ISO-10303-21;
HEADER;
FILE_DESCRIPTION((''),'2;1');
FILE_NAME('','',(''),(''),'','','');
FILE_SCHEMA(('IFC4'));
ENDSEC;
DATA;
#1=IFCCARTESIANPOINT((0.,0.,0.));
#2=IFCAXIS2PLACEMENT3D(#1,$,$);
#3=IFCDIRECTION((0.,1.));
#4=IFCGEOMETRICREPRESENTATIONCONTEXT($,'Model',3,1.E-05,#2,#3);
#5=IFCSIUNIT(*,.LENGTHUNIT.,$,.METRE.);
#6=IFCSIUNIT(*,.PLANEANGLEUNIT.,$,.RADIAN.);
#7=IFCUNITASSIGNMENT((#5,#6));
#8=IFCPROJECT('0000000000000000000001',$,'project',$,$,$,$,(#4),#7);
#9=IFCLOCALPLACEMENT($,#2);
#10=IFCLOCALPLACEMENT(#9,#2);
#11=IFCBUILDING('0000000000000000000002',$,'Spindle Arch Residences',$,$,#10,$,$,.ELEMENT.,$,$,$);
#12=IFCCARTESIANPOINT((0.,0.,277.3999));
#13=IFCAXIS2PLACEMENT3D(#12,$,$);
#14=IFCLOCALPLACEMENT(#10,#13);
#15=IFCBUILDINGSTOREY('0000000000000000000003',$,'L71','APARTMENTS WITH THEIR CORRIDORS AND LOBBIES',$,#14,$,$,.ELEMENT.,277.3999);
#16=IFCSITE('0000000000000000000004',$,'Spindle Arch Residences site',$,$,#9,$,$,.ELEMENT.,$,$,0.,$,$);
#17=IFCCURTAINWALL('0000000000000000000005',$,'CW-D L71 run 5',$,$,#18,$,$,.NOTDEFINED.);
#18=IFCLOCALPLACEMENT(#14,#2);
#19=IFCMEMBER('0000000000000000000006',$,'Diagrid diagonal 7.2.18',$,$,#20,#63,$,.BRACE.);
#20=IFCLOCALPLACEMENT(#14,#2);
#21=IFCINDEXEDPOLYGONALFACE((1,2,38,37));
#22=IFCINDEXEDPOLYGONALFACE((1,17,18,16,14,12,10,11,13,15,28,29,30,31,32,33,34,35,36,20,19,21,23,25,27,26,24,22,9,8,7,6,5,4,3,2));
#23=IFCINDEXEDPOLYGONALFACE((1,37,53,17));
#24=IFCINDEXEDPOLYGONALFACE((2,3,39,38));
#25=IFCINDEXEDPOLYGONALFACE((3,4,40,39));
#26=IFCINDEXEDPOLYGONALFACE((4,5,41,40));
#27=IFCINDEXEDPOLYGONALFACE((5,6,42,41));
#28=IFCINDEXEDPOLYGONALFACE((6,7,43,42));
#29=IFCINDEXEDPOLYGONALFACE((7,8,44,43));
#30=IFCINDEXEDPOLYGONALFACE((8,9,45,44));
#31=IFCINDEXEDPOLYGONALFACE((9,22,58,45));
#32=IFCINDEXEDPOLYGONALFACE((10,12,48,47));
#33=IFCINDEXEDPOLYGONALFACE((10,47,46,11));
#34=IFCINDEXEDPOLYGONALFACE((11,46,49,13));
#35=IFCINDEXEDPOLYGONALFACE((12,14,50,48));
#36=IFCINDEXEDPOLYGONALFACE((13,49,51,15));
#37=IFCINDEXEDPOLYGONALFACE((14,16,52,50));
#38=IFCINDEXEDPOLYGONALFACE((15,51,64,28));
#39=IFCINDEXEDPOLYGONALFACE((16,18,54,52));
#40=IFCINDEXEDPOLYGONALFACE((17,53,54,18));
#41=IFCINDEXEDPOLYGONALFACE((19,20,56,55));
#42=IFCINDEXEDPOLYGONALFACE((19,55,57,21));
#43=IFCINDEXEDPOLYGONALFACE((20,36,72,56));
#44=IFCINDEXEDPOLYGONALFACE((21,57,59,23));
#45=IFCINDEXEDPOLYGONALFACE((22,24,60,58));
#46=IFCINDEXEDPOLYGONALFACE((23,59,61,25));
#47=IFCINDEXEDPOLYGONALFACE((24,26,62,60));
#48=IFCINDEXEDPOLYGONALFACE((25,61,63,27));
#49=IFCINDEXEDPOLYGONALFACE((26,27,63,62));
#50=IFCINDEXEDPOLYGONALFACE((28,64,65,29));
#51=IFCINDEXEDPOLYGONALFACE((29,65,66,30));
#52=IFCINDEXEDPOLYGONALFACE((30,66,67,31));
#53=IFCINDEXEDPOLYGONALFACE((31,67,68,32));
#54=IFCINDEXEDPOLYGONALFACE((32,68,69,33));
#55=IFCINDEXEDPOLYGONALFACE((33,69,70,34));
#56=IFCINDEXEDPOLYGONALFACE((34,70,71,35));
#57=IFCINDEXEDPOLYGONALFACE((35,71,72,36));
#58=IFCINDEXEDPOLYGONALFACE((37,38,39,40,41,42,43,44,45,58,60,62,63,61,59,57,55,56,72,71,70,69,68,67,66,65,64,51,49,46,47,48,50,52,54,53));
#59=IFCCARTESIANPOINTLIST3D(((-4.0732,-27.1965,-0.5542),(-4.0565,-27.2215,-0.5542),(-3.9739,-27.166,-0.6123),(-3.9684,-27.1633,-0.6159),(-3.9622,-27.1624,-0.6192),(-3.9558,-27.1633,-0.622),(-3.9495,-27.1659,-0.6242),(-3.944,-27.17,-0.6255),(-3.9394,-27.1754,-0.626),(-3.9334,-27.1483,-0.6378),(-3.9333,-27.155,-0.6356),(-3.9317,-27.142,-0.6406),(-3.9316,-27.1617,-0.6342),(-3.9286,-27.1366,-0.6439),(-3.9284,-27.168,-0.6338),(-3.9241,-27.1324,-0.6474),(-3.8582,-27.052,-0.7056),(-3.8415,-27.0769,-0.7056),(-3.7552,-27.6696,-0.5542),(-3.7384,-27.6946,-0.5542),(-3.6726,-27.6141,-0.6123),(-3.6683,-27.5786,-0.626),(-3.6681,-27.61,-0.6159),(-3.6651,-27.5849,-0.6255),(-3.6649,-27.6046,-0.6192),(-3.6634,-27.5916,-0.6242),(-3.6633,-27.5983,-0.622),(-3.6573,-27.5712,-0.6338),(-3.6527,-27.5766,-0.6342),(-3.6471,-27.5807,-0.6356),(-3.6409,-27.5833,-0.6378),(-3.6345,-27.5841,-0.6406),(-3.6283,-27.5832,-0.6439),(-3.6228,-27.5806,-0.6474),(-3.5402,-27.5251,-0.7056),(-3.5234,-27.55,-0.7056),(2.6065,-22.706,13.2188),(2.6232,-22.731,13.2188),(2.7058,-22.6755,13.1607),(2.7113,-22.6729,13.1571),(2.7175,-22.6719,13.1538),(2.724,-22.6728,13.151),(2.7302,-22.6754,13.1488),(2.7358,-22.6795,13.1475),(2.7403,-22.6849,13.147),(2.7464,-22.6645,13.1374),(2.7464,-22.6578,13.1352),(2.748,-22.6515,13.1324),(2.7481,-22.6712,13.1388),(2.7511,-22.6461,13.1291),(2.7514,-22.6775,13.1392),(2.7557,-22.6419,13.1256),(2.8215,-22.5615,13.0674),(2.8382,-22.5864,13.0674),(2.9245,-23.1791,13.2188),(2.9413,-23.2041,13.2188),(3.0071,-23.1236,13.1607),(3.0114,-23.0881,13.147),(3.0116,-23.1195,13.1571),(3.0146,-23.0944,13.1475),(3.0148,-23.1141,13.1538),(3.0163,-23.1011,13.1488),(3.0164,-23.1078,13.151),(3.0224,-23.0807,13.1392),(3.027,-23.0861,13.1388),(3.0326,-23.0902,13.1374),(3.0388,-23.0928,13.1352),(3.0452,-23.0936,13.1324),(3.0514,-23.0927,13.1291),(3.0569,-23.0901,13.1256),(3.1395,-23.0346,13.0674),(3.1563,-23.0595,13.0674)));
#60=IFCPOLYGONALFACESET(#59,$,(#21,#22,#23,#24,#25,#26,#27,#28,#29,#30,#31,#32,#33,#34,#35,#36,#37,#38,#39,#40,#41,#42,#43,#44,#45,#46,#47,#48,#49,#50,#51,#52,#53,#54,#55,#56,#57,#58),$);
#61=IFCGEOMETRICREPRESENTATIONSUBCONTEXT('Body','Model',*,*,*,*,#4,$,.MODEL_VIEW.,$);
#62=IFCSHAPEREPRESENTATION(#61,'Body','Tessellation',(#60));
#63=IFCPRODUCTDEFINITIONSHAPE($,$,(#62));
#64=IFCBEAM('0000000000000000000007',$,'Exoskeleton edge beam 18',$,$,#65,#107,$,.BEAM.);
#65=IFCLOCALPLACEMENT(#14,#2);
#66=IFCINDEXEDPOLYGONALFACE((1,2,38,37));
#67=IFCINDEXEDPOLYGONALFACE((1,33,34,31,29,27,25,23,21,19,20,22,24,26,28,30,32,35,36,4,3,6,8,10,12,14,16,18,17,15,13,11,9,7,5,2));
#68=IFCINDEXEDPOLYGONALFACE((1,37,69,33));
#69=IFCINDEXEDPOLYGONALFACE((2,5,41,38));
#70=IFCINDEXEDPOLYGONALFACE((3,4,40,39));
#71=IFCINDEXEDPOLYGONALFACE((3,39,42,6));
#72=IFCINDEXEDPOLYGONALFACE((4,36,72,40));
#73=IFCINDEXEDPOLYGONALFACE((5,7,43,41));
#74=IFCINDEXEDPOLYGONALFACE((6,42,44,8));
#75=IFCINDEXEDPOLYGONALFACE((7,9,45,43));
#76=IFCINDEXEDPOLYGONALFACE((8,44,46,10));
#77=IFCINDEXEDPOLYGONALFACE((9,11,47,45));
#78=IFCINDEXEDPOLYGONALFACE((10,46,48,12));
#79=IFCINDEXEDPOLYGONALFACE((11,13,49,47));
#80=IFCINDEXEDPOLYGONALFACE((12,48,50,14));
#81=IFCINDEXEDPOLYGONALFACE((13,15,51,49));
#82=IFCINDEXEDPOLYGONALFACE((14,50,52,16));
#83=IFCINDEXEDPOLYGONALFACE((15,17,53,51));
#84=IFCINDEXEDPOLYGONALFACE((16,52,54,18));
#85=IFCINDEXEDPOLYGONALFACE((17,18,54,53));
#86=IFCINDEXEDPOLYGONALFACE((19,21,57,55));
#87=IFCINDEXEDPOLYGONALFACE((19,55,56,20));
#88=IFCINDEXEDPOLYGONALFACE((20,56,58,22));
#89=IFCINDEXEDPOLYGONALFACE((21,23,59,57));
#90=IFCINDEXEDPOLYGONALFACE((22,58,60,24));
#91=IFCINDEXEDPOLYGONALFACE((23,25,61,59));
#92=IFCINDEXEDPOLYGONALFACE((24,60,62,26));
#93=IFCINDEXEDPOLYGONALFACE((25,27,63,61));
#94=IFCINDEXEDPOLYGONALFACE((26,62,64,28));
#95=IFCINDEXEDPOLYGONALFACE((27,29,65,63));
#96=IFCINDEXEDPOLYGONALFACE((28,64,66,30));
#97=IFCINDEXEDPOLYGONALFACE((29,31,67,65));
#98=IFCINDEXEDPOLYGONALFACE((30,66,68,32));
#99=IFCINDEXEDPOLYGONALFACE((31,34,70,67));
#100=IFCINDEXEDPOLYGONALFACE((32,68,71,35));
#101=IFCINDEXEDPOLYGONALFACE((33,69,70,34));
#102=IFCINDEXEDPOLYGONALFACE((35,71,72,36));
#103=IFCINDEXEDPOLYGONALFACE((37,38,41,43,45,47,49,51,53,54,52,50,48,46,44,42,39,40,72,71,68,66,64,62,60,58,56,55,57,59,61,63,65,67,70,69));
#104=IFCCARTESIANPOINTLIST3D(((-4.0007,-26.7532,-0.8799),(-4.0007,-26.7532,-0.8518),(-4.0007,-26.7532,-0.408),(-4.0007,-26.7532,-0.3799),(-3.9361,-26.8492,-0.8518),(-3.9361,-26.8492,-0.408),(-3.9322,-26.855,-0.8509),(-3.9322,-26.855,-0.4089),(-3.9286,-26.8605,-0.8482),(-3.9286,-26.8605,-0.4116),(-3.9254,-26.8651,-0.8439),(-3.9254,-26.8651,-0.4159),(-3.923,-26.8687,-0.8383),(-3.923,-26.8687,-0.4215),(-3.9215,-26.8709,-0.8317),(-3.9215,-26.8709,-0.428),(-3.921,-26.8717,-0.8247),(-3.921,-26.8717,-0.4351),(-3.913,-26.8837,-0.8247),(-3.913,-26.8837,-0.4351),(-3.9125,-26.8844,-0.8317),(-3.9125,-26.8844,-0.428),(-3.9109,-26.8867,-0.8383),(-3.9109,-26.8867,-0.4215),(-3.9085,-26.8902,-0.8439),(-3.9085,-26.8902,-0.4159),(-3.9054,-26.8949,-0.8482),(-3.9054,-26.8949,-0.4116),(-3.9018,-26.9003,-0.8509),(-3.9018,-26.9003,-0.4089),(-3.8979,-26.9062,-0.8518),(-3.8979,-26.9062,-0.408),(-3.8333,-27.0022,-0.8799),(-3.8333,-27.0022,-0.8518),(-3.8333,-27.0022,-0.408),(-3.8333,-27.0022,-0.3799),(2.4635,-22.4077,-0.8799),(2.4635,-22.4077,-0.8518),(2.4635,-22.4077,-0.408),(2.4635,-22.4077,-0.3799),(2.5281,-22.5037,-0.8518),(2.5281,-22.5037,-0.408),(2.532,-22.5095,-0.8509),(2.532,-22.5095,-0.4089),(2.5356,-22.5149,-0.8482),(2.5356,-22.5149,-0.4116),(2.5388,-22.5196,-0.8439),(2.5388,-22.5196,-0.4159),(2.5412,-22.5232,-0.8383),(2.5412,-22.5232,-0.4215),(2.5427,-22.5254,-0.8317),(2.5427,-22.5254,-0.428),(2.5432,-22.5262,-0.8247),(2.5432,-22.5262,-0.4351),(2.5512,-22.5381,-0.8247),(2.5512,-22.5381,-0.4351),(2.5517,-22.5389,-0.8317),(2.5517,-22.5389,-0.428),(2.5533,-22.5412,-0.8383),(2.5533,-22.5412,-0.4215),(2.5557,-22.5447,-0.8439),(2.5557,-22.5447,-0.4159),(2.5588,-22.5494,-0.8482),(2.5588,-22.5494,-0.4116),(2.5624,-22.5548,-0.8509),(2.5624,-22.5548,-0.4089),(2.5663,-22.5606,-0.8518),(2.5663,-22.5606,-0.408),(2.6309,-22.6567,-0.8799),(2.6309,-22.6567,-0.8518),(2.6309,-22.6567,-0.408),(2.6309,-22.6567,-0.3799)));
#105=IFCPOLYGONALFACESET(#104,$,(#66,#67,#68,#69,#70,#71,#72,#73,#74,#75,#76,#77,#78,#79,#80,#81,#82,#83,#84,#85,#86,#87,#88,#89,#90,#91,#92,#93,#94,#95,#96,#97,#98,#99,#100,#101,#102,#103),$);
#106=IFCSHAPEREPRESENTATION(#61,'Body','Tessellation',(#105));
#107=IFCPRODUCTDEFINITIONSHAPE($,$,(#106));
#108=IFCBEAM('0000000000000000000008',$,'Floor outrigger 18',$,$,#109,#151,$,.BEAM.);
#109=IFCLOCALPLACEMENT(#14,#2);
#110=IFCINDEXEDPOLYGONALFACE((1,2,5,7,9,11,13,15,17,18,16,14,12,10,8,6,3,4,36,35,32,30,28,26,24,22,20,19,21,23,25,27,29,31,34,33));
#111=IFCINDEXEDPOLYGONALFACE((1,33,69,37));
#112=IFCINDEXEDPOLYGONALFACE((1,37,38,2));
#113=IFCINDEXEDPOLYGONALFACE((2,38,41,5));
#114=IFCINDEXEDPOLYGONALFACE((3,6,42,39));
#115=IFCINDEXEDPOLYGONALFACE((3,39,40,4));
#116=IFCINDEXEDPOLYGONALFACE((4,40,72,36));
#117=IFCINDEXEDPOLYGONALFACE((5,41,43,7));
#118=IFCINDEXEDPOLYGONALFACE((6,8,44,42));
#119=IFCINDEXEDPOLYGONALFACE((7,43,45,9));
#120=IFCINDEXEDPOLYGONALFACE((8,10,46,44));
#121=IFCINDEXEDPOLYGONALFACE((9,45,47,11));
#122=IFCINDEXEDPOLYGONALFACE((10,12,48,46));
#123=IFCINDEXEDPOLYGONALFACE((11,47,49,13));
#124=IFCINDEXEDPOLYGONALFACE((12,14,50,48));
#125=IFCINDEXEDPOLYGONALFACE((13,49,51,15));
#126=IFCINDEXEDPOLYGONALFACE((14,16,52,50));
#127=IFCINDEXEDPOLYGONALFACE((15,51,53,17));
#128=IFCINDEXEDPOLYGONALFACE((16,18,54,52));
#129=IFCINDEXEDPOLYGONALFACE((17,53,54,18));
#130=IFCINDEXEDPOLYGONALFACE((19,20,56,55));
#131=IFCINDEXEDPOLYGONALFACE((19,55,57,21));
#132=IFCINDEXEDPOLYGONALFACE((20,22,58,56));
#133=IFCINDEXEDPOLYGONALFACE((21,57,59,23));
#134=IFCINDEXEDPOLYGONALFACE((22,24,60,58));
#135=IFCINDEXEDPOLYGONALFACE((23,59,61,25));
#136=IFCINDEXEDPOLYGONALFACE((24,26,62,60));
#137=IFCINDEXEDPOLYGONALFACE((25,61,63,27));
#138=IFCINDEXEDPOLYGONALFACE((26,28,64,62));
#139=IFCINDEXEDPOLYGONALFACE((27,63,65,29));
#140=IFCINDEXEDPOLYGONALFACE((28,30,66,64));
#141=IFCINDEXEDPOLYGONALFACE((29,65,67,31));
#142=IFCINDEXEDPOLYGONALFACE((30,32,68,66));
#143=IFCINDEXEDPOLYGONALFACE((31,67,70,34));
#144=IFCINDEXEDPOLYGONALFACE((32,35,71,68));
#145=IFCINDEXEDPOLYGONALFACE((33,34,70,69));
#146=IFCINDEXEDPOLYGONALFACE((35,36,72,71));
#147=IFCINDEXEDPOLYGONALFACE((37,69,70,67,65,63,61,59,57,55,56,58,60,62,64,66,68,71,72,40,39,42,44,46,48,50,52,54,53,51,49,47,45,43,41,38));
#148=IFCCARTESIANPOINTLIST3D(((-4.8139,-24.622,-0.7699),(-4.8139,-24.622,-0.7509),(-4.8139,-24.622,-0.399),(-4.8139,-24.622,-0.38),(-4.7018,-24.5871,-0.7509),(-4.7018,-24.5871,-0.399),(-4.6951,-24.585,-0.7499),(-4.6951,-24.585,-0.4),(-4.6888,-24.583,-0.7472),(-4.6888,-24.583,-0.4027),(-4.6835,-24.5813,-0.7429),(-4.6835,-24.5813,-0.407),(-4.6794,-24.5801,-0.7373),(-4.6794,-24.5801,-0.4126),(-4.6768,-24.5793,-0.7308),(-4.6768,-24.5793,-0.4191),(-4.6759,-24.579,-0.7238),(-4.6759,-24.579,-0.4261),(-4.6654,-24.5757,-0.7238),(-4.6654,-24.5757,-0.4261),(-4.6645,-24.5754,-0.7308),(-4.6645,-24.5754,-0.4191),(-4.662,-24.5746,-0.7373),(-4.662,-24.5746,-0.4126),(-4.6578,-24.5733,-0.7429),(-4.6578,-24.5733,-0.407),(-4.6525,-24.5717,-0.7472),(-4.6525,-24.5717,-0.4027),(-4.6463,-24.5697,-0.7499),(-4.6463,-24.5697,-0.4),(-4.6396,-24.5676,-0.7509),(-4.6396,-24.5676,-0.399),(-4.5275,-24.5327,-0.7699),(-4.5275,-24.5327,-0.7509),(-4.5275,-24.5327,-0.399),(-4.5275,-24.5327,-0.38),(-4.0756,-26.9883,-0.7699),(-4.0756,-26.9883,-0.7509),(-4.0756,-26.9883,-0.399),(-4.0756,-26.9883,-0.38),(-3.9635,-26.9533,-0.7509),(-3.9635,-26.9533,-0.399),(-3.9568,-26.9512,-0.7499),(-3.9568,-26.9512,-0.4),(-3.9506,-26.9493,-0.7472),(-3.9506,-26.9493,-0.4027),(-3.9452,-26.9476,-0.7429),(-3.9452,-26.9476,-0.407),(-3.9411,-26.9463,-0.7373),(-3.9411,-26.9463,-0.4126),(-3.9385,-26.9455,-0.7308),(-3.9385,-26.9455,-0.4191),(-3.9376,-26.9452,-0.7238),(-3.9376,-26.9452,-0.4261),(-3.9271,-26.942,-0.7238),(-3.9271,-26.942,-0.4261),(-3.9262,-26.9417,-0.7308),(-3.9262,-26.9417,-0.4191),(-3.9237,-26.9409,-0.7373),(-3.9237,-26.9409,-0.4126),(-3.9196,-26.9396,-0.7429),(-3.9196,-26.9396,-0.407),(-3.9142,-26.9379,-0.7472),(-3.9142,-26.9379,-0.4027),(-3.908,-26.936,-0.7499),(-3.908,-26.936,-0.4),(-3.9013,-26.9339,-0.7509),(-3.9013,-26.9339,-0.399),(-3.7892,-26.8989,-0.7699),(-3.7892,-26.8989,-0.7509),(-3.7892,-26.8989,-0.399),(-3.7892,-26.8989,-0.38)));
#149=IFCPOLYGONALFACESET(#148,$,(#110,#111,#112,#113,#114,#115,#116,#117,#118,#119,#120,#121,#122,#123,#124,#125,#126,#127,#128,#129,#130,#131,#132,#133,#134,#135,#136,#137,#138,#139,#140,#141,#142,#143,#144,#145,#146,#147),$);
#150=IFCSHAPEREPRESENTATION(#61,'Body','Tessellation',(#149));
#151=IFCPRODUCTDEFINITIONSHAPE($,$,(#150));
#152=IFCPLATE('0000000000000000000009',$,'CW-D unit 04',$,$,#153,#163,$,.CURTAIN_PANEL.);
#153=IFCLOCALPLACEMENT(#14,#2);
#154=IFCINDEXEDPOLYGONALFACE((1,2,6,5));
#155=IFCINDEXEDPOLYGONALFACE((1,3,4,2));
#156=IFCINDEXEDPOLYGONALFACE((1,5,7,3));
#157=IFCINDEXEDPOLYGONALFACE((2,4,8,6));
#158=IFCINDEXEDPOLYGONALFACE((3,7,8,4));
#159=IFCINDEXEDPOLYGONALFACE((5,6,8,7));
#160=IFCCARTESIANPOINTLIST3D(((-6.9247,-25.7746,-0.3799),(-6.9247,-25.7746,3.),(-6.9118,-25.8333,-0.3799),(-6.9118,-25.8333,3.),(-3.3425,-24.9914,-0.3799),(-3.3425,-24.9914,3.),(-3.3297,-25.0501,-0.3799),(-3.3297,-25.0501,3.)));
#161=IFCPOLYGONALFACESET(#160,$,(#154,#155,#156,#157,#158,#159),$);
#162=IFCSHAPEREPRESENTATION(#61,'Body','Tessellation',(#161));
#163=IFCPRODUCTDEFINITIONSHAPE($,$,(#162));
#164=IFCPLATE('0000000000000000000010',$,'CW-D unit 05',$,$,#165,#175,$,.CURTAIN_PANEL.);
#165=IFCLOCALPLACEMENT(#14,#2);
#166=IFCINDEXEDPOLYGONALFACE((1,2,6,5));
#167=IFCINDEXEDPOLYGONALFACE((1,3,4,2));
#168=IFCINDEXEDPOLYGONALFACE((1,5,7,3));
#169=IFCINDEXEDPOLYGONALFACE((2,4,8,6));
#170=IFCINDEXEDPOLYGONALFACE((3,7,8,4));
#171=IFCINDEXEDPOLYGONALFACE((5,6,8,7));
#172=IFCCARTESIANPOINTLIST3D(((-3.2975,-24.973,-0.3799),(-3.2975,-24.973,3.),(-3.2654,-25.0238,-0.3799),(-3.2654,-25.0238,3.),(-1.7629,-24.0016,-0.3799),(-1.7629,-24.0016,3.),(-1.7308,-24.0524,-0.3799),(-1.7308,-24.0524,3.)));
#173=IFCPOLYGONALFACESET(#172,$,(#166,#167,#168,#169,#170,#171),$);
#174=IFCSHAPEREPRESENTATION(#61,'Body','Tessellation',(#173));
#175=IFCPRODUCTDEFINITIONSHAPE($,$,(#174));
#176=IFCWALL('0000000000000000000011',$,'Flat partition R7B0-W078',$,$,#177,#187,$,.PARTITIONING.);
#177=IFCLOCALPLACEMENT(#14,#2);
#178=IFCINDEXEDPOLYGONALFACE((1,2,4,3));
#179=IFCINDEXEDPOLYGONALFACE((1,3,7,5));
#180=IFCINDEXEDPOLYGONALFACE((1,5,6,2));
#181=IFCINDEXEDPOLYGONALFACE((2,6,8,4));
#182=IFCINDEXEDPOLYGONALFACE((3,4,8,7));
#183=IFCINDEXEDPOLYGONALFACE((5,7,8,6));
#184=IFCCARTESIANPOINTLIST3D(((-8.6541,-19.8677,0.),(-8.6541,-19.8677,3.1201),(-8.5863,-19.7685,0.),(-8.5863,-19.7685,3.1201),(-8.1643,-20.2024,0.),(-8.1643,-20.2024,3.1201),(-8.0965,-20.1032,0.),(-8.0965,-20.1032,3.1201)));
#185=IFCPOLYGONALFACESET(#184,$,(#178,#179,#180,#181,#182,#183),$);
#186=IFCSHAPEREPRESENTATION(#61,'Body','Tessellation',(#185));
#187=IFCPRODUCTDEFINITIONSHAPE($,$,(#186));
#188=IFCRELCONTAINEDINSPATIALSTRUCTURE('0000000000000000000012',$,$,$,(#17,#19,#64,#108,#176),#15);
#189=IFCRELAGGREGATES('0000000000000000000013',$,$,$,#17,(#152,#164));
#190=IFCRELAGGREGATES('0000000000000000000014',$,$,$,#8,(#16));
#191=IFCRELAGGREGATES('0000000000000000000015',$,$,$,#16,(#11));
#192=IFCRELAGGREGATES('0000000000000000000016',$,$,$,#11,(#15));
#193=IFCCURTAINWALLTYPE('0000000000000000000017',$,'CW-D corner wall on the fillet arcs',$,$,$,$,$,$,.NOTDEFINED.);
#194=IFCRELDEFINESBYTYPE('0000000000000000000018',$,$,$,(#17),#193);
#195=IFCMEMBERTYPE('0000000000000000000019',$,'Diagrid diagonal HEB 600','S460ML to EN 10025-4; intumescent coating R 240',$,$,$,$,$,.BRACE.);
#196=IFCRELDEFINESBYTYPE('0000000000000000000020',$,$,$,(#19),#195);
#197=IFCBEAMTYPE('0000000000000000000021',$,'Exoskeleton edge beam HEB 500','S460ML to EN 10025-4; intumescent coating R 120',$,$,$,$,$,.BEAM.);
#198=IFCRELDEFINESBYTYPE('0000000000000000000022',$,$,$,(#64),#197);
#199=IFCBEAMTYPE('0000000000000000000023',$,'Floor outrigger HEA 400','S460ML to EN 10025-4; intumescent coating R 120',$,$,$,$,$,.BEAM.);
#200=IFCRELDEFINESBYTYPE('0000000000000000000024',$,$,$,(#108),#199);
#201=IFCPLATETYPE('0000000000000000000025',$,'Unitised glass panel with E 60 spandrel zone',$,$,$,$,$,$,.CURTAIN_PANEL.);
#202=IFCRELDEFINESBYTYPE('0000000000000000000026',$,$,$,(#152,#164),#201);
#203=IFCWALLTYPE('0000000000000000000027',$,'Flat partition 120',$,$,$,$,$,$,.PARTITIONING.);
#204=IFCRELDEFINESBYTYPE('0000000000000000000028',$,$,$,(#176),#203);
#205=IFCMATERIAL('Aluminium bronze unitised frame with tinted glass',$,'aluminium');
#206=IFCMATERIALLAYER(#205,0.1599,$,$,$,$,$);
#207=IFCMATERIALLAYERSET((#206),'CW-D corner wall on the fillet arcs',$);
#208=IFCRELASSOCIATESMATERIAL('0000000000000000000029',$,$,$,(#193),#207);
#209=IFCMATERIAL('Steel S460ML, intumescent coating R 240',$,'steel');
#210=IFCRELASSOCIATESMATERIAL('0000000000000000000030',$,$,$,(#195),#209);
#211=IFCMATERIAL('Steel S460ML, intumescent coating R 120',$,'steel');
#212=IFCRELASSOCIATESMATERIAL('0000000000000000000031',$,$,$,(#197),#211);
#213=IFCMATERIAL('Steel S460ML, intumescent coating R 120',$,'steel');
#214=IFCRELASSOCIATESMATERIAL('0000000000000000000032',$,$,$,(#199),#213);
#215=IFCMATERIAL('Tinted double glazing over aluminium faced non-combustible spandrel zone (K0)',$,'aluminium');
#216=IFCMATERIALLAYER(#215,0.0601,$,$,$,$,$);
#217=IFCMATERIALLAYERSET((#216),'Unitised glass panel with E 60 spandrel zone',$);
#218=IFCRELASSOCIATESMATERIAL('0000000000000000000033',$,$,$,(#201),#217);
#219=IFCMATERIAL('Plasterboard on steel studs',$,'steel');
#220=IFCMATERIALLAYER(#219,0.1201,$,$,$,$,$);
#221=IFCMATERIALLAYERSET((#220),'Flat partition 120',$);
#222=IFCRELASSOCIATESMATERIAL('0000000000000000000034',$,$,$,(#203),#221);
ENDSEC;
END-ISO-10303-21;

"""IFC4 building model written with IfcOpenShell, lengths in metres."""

from ifc_helpers import new_model, si_unit, direction, frame, frame_2d, origin, origin_2d, place, context, subcontext, project, spatial, rectangle, i_section, extrude, material, layer, layer_set, material_profile, profile_set, type_object, element, aggregate, save


model = new_model("IFC4")

# Units and contexts
model_context = context("Model", 3, precision=1e-05, world=origin(), true_north=direction((0.0, 1.0)))
body_context = subcontext(model_context, "Body", "Model", "MODEL_VIEW")
ifc_project = project(units=[si_unit("LENGTHUNIT", "METRE"), si_unit("PLANEANGLEUNIT", "RADIAN")], contexts=[model_context])

# Site, building, storey
site_placement = place(None, origin())
site = spatial("IfcSite", under=ifc_project, at=site_placement, Name="Spindle Arch Residences site", CompositionType="ELEMENT", RefElevation=0.0)
building_placement = place(site_placement, origin())
building = spatial("IfcBuilding", under=site, at=building_placement, Name="Spindle Arch Residences", CompositionType="ELEMENT")
storey_placement = place(building_placement, frame((0.0, 0.0, 277.3999)))
storey = spatial("IfcBuildingStorey", under=building, at=storey_placement, Name="L71", Description="APARTMENTS WITH THEIR CORRIDORS AND LOBBIES", CompositionType="ELEMENT", Elevation=277.3999)

# Curtain wall
ifc_material_1 = material(Name="Aluminium bronze unitised frame with tinted glass", Category="aluminium")
ifc_layer_1 = layer(ifc_material_1, 0.1599)
ifc_layer_set_1 = layer_set([ifc_layer_1], Name="CW-D corner wall on the fillet arcs")
curtain_wall_type = type_object("IfcCurtainWallType", Name="CW-D corner wall on the fillet arcs", PredefinedType="NOTDEFINED", material=ifc_layer_set_1)
curtain_wall_placement = place(storey_placement, origin())
curtain_wall = element("IfcCurtainWall", 1, at=curtain_wall_placement, inside=storey, type_object=curtain_wall_type, Name="CW-D L71 run 5", PredefinedType="NOTDEFINED")

# Member
ifc_material_2 = material(Name="Steel S460ML, intumescent coating R 240", Category="steel")
ifc_material_profile_1 = material_profile(ifc_material_2, i_section(OverallWidth=0.3, OverallDepth=0.6001, WebThickness=0.0154, FlangeThickness=0.03, FilletRadius=0.0271, at=origin_2d()), Name="HEB 600")
ifc_profile_set_1 = profile_set([ifc_material_profile_1], Name="Steel S460ML, intumescent coating R 240")
member_type_1 = type_object("IfcMemberType", Name="Diagrid diagonal HEB 600", Description="S460ML to EN 10025-4; intumescent coating R 240", PredefinedType="BRACE", material=ifc_profile_set_1)
member_1_placement = place(storey_placement, frame((-3.7983, -27.3733, -0.6299), z_axis=(0.418728, 0.281494, 0.863382), x_axis=(-0.716522, -0.481688, 0.504551)))
element("IfcMember", 2, at=member_1_placement, inside=storey, type_object=member_type_1, Name="Diagrid diagonal 7.2.18", PredefinedType="BRACE", context=body_context, shape_type="SweptSolid", body=[
    extrude(i_section(OverallWidth=0.3, OverallDepth=0.6001, WebThickness=0.0154, FlangeThickness=0.03, FilletRadius=0.0271, at=origin_2d()), origin(), (0.0, 0.0, 1.0), 15.9524),
])

# Beams
ifc_material_3 = material(Name="Steel S460ML, intumescent coating R 120", Category="steel")
ifc_material_profile_2 = material_profile(ifc_material_3, i_section(OverallWidth=0.3, OverallDepth=0.5, WebThickness=0.0144, FlangeThickness=0.0281, FilletRadius=0.0271, at=origin_2d()), Name="HEB 500")
ifc_profile_set_2 = profile_set([ifc_material_profile_2], Name="Steel S460ML, intumescent coating R 120")
beam_type_1 = type_object("IfcBeamType", Name="Exoskeleton edge beam HEB 500", Description="S460ML to EN 10025-4; intumescent coating R 120", PredefinedType="BEAM", material=ifc_profile_set_2)
beam_1_placement = place(storey_placement, frame((-3.917, -26.8777, -0.6299), z_axis=(0.829908, 0.5579, 0.0), x_axis=(-0.5579, 0.829908, 0.0)))
element("IfcBeam", 3, at=beam_1_placement, inside=storey, type_object=beam_type_1, Name="Exoskeleton edge beam 18", PredefinedType="BEAM", context=body_context, shape_type="SweptSolid", body=[
    extrude(i_section(OverallWidth=0.3, OverallDepth=0.5, WebThickness=0.0144, FlangeThickness=0.0281, FilletRadius=0.0271, at=origin_2d()), origin(), (0.0, 0.0, 1.0), 7.7891),
])
ifc_material_4 = material(Name="Steel S460ML, intumescent coating R 120", Category="steel")
ifc_material_profile_3 = material_profile(ifc_material_4, i_section(OverallWidth=0.3, OverallDepth=0.3899, WebThickness=0.011, FlangeThickness=0.019, FilletRadius=0.0271, at=origin_2d()), Name="HEA 400")
ifc_profile_set_3 = profile_set([ifc_material_profile_3], Name="Steel S460ML, intumescent coating R 120")
beam_type_2 = type_object("IfcBeamType", Name="Floor outrigger HEA 400", Description="S460ML to EN 10025-4; intumescent coating R 120", PredefinedType="BEAM", material=ifc_profile_set_3)
beam_2_placement = place(storey_placement, frame((-3.9324, -26.9436, -0.575), z_axis=(-0.297849, 0.954613, 0.0), x_axis=(-0.954613, -0.297849, 0.0)))
element("IfcBeam", 4, at=beam_2_placement, inside=storey, type_object=beam_type_2, Name="Floor outrigger 18", PredefinedType="BEAM", context=body_context, shape_type="SweptSolid", body=[
    extrude(i_section(OverallWidth=0.3, OverallDepth=0.3899, WebThickness=0.011, FlangeThickness=0.019, FilletRadius=0.0271, at=origin_2d()), origin(), (0.0, 0.0, 1.0), 2.4788),
])

# Plates
ifc_material_5 = material(Name="Tinted double glazing over aluminium faced non-combustible spandrel zone (K0)", Category="aluminium")
ifc_layer_2 = layer(ifc_material_5, 0.0601)
ifc_layer_set_2 = layer_set([ifc_layer_2], Name="Unitised glass panel with E 60 spandrel zone")
plate_type = type_object("IfcPlateType", Name="Unitised glass panel with E 60 spandrel zone", PredefinedType="CURTAIN_PANEL", material=ifc_layer_set_2)
plate_1_placement = place(storey_placement, frame((-5.1272, -25.4124, -0.3799), z_axis=(0.0, 0.0, 1.0), x_axis=(0.976921, 0.213599, 0.0)))
plate_1 = element("IfcPlate", 5, at=plate_1_placement, type_object=plate_type, Name="CW-D unit 04", PredefinedType="CURTAIN_PANEL", context=body_context, shape_type="SweptSolid", body=[
    extrude(rectangle(XDim=3.6667, YDim=0.0601, at=origin_2d()), origin(), (0.0, 0.0, 1.0), 3.3799),
])
plate_2_placement = place(storey_placement, frame((-2.5142, -24.5127, -0.3799), z_axis=(0.0, 0.0, 1.0), x_axis=(0.844951, 0.534844, 0.0)))
plate_2 = element("IfcPlate", 6, at=plate_2_placement, type_object=plate_type, Name="CW-D unit 05", PredefinedType="CURTAIN_PANEL", context=body_context, shape_type="SweptSolid", body=[
    extrude(rectangle(XDim=1.8162, YDim=0.0601, at=origin_2d()), origin(), (0.0, 0.0, 1.0), 3.3799),
])
aggregate(curtain_wall, [plate_1, plate_2])

# Wall
ifc_material_6 = material(Name="Plasterboard on steel studs", Category="steel")
ifc_layer_3 = layer(ifc_material_6, 0.1201)
ifc_layer_set_3 = layer_set([ifc_layer_3], Name="Flat partition 120")
wall_type = type_object("IfcWallType", Name="Flat partition 120", PredefinedType="PARTITIONING", material=ifc_layer_set_3)
wall_1_placement = place(storey_placement, frame((-8.1304, -20.1528, 0.0), z_axis=(0.0, 0.0, 1.0), x_axis=(-0.8256, 0.564256, 0.0)))
element("IfcWall", 7, at=wall_1_placement, inside=storey, type_object=wall_type, Name="Flat partition R7B0-W078", PredefinedType="PARTITIONING", context=body_context, shape_type="SweptSolid", body=[
    extrude(rectangle(XDim=0.5933, YDim=0.1201, at=frame_2d((0.2966, 0.0))), origin(), (0.0, 0.0, 1.0), 3.1201),
])

save(model, "model.ifc")
